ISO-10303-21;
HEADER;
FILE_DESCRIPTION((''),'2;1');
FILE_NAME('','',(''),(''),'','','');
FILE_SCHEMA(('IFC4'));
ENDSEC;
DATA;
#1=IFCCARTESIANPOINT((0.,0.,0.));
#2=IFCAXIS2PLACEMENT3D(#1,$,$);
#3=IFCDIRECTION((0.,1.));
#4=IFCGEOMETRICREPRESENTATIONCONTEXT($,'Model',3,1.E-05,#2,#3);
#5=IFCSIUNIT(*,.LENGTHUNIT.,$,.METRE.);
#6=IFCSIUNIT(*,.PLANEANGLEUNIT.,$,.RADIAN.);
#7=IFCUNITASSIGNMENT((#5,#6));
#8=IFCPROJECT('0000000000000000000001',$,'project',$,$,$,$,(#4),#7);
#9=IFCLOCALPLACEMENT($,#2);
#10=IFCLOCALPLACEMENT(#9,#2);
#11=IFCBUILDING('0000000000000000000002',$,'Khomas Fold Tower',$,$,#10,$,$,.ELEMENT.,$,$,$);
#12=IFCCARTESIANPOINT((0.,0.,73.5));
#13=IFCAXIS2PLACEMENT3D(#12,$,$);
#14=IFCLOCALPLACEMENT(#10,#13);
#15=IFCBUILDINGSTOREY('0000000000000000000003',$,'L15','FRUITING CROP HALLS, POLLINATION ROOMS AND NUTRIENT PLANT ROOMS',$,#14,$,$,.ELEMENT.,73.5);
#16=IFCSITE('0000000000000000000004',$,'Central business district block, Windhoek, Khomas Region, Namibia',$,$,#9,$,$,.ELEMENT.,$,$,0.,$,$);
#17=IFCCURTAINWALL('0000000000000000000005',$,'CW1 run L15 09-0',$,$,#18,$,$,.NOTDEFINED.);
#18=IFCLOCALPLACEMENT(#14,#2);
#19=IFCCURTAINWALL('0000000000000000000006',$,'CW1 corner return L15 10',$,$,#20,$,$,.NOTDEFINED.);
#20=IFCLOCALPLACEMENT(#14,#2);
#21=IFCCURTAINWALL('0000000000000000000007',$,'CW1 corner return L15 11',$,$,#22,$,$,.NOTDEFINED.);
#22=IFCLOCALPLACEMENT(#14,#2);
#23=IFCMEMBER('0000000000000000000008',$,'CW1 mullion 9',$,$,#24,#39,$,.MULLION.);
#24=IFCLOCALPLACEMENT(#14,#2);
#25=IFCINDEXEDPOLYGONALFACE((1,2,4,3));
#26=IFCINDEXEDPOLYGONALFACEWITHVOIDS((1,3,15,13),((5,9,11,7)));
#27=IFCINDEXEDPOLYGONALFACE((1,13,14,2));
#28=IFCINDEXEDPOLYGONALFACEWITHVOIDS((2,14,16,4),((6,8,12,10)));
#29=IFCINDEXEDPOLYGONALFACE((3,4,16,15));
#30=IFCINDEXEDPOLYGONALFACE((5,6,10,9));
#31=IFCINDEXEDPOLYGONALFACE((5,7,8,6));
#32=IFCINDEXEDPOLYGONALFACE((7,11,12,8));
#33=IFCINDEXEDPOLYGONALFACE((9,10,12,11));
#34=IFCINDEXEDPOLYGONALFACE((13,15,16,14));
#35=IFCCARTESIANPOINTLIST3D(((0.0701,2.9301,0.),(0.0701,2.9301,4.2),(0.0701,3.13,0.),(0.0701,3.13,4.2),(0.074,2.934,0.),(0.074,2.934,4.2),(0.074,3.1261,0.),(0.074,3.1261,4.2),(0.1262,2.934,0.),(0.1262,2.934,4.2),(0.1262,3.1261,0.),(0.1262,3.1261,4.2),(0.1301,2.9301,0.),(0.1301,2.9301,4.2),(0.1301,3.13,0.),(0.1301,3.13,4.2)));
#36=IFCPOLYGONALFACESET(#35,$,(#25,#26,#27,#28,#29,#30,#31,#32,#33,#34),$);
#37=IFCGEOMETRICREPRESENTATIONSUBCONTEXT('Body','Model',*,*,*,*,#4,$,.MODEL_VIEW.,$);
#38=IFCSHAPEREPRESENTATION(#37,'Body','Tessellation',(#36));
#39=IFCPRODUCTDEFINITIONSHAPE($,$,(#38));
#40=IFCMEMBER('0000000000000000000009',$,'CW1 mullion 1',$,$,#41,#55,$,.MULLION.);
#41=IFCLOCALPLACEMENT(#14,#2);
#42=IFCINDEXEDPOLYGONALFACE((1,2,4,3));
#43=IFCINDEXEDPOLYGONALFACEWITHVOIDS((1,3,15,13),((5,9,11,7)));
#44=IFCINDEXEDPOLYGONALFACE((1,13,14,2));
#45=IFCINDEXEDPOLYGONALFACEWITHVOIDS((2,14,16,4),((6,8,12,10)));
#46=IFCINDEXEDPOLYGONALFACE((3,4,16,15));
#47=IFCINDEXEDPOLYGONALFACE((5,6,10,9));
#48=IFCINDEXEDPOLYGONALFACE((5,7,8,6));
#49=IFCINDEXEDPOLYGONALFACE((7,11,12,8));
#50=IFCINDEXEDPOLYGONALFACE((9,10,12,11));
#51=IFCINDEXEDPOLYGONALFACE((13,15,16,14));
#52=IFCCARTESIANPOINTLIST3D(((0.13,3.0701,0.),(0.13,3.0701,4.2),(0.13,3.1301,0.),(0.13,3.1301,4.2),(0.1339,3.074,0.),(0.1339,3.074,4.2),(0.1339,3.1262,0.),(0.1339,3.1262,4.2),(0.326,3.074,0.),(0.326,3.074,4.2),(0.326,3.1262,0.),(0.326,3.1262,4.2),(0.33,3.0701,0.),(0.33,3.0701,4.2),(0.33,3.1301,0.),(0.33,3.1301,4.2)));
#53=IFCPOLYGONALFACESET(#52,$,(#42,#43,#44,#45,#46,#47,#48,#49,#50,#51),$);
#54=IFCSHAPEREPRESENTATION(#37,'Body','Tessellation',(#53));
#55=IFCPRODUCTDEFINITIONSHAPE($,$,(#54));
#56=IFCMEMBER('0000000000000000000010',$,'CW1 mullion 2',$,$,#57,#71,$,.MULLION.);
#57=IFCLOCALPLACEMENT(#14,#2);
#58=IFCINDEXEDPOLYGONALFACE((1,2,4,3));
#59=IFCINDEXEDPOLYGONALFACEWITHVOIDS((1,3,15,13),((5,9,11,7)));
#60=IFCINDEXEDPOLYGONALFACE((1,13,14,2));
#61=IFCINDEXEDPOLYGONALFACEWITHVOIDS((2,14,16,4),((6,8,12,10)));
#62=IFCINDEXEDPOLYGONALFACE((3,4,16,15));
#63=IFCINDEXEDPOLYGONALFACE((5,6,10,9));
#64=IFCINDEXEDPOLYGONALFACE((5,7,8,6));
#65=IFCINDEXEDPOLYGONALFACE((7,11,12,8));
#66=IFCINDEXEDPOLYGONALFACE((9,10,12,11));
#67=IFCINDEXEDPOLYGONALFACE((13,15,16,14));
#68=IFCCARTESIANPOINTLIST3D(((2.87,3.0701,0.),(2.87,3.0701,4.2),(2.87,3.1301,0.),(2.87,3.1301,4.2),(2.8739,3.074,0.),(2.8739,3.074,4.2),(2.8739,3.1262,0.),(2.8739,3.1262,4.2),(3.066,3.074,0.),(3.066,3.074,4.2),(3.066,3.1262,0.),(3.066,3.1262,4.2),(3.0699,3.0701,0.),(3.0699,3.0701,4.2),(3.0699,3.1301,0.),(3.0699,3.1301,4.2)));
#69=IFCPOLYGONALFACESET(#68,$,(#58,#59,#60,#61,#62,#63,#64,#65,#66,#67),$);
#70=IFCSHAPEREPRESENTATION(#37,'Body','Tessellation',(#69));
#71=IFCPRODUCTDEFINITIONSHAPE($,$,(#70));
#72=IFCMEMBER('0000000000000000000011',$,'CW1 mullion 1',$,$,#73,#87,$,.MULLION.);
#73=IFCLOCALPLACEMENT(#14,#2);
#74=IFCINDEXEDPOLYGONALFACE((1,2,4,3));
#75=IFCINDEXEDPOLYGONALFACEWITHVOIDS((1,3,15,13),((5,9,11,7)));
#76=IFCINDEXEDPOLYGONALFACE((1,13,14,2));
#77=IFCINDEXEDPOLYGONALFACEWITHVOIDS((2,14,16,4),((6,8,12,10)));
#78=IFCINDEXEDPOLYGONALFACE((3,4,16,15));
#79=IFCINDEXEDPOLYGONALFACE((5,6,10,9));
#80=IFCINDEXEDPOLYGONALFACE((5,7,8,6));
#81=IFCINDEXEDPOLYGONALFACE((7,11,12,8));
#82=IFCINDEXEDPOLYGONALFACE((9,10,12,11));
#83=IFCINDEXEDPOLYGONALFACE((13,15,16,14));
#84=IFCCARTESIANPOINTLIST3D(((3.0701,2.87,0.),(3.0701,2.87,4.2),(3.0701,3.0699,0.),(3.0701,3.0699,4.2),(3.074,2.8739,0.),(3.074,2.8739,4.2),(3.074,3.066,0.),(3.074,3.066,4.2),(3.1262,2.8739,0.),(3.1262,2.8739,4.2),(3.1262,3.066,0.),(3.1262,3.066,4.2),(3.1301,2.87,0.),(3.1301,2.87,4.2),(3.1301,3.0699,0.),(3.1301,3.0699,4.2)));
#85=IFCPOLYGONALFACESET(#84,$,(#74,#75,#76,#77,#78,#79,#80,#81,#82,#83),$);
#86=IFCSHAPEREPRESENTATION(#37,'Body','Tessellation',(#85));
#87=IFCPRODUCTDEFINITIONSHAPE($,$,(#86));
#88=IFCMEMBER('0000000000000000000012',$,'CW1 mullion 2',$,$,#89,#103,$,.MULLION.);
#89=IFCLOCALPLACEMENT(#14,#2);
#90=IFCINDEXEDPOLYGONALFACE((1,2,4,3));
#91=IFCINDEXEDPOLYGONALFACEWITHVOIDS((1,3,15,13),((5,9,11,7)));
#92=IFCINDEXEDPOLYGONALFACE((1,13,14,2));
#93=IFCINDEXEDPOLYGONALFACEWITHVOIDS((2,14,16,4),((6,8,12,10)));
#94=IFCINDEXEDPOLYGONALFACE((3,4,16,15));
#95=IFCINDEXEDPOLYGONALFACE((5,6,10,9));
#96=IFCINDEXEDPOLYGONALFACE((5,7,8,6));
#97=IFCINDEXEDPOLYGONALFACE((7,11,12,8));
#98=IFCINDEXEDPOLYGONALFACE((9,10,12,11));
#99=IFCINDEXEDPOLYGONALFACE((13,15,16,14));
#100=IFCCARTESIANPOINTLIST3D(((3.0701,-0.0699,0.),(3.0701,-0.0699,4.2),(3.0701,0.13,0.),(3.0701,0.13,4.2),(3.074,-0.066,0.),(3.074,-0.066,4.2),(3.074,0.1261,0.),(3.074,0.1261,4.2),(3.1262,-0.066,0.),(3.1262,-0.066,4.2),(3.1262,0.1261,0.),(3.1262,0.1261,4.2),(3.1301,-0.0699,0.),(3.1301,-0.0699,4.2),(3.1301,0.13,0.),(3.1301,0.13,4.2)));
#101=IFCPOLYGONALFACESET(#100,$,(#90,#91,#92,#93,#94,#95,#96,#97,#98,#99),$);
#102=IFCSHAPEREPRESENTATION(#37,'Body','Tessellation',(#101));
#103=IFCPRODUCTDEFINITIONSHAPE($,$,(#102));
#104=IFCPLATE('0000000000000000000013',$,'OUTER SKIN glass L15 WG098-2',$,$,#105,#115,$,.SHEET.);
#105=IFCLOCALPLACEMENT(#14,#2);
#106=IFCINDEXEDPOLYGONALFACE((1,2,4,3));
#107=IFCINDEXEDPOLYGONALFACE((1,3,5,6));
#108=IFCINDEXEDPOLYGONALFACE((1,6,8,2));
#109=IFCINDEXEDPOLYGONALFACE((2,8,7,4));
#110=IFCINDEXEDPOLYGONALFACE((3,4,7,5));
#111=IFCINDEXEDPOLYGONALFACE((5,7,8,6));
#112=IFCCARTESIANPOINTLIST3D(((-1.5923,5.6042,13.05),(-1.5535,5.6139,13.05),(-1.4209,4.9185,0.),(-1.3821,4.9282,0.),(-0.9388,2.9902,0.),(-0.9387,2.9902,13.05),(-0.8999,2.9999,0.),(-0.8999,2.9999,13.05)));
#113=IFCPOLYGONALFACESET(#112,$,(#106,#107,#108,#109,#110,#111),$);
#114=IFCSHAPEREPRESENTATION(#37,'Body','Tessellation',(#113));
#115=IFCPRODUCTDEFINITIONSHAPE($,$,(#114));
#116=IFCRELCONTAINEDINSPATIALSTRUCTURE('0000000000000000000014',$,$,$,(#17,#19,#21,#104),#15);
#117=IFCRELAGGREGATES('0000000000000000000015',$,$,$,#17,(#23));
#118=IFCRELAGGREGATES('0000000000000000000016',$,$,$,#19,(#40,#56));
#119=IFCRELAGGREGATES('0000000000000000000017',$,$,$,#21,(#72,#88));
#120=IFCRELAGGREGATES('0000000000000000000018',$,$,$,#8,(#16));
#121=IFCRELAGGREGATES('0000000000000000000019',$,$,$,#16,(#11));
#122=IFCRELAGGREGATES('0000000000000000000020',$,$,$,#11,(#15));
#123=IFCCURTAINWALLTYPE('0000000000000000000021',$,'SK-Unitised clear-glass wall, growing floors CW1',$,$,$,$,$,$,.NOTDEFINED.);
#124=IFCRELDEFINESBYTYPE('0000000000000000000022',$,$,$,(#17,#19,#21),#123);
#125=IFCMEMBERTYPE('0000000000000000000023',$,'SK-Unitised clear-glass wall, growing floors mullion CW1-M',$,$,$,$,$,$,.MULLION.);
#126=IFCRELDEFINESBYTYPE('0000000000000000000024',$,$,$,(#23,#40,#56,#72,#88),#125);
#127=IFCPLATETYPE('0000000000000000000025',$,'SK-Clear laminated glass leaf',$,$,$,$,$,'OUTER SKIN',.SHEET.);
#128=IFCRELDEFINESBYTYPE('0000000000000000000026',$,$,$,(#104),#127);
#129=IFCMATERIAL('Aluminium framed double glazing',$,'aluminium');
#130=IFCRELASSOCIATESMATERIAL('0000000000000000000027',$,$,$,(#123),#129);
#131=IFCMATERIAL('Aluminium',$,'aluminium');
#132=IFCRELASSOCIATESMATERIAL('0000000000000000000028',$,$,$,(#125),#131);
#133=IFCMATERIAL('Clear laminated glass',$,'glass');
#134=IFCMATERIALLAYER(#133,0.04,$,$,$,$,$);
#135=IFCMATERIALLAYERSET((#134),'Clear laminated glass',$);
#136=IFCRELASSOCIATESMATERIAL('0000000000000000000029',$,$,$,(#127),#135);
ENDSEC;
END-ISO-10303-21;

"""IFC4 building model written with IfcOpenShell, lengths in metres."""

from ifc_helpers import new_model, si_unit, direction, frame, origin, origin_2d, place, context, subcontext, project, spatial, polyline, hollow_rectangle, outline, extrude, source, transform, mapped, material, layer, layer_set, material_profile, profile_set, type_object, element, aggregate, save


model = new_model("IFC4")

# Units and contexts
model_context = context("Model", 3, precision=1e-05, world=origin(), true_north=direction((0.0, 1.0)))
body_context = subcontext(model_context, "Body", "Model", "MODEL_VIEW")
ifc_project = project(units=[si_unit("LENGTHUNIT", "METRE"), si_unit("PLANEANGLEUNIT", "RADIAN")], contexts=[model_context])

# Site, building, storey
site_placement = place(None, origin())
site = spatial("IfcSite", under=ifc_project, at=site_placement, Name="Central business district block, Windhoek, Khomas Region, Namibia", CompositionType="ELEMENT", RefElevation=0.0)
building_placement = place(site_placement, origin())
building = spatial("IfcBuilding", under=site, at=building_placement, Name="Khomas Fold Tower", CompositionType="ELEMENT")
storey_placement = place(building_placement, frame((0.0, 0.0, 73.5)))
storey = spatial("IfcBuildingStorey", under=building, at=storey_placement, Name="L15", Description="FRUITING CROP HALLS, POLLINATION ROOMS AND NUTRIENT PLANT ROOMS", CompositionType="ELEMENT", Elevation=73.5)

# Curtain walls
ifc_material_1 = material(Name="Aluminium framed double glazing", Category="aluminium")
curtain_wall_type = type_object("IfcCurtainWallType", Name="SK-Unitised clear-glass wall, growing floors CW1", PredefinedType="NOTDEFINED", material=ifc_material_1)
curtain_wall_1_placement = place(storey_placement, origin())
curtain_wall_1 = element("IfcCurtainWall", 1, at=curtain_wall_1_placement, inside=storey, type_object=curtain_wall_type, Name="CW1 run L15 09-0", PredefinedType="NOTDEFINED")
curtain_wall_2_placement = place(storey_placement, origin())
curtain_wall_2 = element("IfcCurtainWall", 2, at=curtain_wall_2_placement, inside=storey, type_object=curtain_wall_type, Name="CW1 corner return L15 10", PredefinedType="NOTDEFINED")
curtain_wall_3_placement = place(storey_placement, origin())
curtain_wall_3 = element("IfcCurtainWall", 3, at=curtain_wall_3_placement, inside=storey, type_object=curtain_wall_type, Name="CW1 corner return L15 11", PredefinedType="NOTDEFINED")

# Members
ifc_material_2 = material(Name="Aluminium", Category="aluminium")
ifc_material_profile_1 = material_profile(ifc_material_2, hollow_rectangle(XDim=0.0601, YDim=0.2, WallThickness=0.0039, at=origin_2d()), Name="SK-Unitised clear-glass wall, growing floors mullion CW1-M")
ifc_profile_set_1 = profile_set([ifc_material_profile_1], Name="Aluminium")
member_type_1 = type_object("IfcMemberType", Name="SK-Unitised clear-glass wall, growing floors mullion CW1-M", PredefinedType="MULLION", material=ifc_profile_set_1)
shared_shape_1 = source(origin(), body_context, "Body", "SweptSolid", [
    extrude(hollow_rectangle(XDim=0.0601, YDim=0.2, WallThickness=0.0039, at=origin_2d()), origin(), (0.0, 0.0, 1.0), 4.2),
])
member_1_placement = place(storey_placement, frame((0.1001, 3.03, 0.0), z_axis=(0.0, 0.0, 1.0), x_axis=(1.0, 0.0, 0.0)))
member_1 = element("IfcMember", 4, at=member_1_placement, type_object=member_type_1, Name="CW1 mullion 9", PredefinedType="MULLION", context=body_context, shape_type="MappedRepresentation", body=[
    mapped(shared_shape_1, transform((0.0, 0.0, 0.0))),
])
member_2_placement = place(storey_placement, frame((0.23, 3.1001, 0.0), z_axis=(0.0, 0.0, 1.0), x_axis=(0.0, 1.0, 0.0)))
member_2 = element("IfcMember", 5, at=member_2_placement, type_object=member_type_1, Name="CW1 mullion 1", PredefinedType="MULLION", context=body_context, shape_type="MappedRepresentation", body=[
    mapped(shared_shape_1, transform((0.0, 0.0, 0.0))),
])
member_3_placement = place(storey_placement, frame((2.97, 3.1001, 0.0), z_axis=(0.0, 0.0, 1.0), x_axis=(0.0, 1.0, 0.0)))
member_3 = element("IfcMember", 6, at=member_3_placement, type_object=member_type_1, Name="CW1 mullion 2", PredefinedType="MULLION", context=body_context, shape_type="MappedRepresentation", body=[
    mapped(shared_shape_1, transform((0.0, 0.0, 0.0))),
])
member_4_placement = place(storey_placement, frame((3.1001, 2.97, 0.0), z_axis=(0.0, 0.0, 1.0), x_axis=(1.0, 0.0, 0.0)))
member_4 = element("IfcMember", 7, at=member_4_placement, type_object=member_type_1, Name="CW1 mullion 1", PredefinedType="MULLION", context=body_context, shape_type="MappedRepresentation", body=[
    mapped(shared_shape_1, transform((0.0, 0.0, 0.0))),
])
member_5_placement = place(storey_placement, frame((3.1001, 0.03, 0.0), z_axis=(0.0, 0.0, 1.0), x_axis=(1.0, 0.0, 0.0)))
member_5 = element("IfcMember", 8, at=member_5_placement, type_object=member_type_1, Name="CW1 mullion 2", PredefinedType="MULLION", context=body_context, shape_type="MappedRepresentation", body=[
    mapped(shared_shape_1, transform((0.0, 0.0, 0.0))),
])

# Plate
ifc_material_3 = material(Name="Clear laminated glass", Category="glass")
ifc_layer_1 = layer(ifc_material_3, 0.04)
ifc_layer_set_1 = layer_set([ifc_layer_1], Name="Clear laminated glass")
plate_type_1 = type_object("IfcPlateType", Name="SK-Clear laminated glass leaf", ElementType="OUTER SKIN", PredefinedType="SHEET", material=ifc_layer_set_1)
plate_1_placement = place(storey_placement, frame((-1.4209, 4.9185, 0.0), z_axis=(-0.970133, -0.242572, 0.000003), x_axis=(0.242572, -0.970133, 0.0)))
element("IfcPlate", 9, at=plate_1_placement, inside=storey, type_object=plate_type_1, Name="OUTER SKIN glass L15 WG098-2", PredefinedType="SHEET", context=body_context, shape_type="SweptSolid", body=[
    extrude(outline(polyline([(0.0, 0.0), (1.9876, 0.0), (1.9876, 13.05), (-0.7069, 13.05), (0.0, 0.0)])), origin(), (0.0, 0.0, -1.0), 0.04),
])

aggregate(curtain_wall_1, [member_1])
aggregate(curtain_wall_2, [member_2, member_3])
aggregate(curtain_wall_3, [member_4, member_5])

save(model, "model.ifc")
